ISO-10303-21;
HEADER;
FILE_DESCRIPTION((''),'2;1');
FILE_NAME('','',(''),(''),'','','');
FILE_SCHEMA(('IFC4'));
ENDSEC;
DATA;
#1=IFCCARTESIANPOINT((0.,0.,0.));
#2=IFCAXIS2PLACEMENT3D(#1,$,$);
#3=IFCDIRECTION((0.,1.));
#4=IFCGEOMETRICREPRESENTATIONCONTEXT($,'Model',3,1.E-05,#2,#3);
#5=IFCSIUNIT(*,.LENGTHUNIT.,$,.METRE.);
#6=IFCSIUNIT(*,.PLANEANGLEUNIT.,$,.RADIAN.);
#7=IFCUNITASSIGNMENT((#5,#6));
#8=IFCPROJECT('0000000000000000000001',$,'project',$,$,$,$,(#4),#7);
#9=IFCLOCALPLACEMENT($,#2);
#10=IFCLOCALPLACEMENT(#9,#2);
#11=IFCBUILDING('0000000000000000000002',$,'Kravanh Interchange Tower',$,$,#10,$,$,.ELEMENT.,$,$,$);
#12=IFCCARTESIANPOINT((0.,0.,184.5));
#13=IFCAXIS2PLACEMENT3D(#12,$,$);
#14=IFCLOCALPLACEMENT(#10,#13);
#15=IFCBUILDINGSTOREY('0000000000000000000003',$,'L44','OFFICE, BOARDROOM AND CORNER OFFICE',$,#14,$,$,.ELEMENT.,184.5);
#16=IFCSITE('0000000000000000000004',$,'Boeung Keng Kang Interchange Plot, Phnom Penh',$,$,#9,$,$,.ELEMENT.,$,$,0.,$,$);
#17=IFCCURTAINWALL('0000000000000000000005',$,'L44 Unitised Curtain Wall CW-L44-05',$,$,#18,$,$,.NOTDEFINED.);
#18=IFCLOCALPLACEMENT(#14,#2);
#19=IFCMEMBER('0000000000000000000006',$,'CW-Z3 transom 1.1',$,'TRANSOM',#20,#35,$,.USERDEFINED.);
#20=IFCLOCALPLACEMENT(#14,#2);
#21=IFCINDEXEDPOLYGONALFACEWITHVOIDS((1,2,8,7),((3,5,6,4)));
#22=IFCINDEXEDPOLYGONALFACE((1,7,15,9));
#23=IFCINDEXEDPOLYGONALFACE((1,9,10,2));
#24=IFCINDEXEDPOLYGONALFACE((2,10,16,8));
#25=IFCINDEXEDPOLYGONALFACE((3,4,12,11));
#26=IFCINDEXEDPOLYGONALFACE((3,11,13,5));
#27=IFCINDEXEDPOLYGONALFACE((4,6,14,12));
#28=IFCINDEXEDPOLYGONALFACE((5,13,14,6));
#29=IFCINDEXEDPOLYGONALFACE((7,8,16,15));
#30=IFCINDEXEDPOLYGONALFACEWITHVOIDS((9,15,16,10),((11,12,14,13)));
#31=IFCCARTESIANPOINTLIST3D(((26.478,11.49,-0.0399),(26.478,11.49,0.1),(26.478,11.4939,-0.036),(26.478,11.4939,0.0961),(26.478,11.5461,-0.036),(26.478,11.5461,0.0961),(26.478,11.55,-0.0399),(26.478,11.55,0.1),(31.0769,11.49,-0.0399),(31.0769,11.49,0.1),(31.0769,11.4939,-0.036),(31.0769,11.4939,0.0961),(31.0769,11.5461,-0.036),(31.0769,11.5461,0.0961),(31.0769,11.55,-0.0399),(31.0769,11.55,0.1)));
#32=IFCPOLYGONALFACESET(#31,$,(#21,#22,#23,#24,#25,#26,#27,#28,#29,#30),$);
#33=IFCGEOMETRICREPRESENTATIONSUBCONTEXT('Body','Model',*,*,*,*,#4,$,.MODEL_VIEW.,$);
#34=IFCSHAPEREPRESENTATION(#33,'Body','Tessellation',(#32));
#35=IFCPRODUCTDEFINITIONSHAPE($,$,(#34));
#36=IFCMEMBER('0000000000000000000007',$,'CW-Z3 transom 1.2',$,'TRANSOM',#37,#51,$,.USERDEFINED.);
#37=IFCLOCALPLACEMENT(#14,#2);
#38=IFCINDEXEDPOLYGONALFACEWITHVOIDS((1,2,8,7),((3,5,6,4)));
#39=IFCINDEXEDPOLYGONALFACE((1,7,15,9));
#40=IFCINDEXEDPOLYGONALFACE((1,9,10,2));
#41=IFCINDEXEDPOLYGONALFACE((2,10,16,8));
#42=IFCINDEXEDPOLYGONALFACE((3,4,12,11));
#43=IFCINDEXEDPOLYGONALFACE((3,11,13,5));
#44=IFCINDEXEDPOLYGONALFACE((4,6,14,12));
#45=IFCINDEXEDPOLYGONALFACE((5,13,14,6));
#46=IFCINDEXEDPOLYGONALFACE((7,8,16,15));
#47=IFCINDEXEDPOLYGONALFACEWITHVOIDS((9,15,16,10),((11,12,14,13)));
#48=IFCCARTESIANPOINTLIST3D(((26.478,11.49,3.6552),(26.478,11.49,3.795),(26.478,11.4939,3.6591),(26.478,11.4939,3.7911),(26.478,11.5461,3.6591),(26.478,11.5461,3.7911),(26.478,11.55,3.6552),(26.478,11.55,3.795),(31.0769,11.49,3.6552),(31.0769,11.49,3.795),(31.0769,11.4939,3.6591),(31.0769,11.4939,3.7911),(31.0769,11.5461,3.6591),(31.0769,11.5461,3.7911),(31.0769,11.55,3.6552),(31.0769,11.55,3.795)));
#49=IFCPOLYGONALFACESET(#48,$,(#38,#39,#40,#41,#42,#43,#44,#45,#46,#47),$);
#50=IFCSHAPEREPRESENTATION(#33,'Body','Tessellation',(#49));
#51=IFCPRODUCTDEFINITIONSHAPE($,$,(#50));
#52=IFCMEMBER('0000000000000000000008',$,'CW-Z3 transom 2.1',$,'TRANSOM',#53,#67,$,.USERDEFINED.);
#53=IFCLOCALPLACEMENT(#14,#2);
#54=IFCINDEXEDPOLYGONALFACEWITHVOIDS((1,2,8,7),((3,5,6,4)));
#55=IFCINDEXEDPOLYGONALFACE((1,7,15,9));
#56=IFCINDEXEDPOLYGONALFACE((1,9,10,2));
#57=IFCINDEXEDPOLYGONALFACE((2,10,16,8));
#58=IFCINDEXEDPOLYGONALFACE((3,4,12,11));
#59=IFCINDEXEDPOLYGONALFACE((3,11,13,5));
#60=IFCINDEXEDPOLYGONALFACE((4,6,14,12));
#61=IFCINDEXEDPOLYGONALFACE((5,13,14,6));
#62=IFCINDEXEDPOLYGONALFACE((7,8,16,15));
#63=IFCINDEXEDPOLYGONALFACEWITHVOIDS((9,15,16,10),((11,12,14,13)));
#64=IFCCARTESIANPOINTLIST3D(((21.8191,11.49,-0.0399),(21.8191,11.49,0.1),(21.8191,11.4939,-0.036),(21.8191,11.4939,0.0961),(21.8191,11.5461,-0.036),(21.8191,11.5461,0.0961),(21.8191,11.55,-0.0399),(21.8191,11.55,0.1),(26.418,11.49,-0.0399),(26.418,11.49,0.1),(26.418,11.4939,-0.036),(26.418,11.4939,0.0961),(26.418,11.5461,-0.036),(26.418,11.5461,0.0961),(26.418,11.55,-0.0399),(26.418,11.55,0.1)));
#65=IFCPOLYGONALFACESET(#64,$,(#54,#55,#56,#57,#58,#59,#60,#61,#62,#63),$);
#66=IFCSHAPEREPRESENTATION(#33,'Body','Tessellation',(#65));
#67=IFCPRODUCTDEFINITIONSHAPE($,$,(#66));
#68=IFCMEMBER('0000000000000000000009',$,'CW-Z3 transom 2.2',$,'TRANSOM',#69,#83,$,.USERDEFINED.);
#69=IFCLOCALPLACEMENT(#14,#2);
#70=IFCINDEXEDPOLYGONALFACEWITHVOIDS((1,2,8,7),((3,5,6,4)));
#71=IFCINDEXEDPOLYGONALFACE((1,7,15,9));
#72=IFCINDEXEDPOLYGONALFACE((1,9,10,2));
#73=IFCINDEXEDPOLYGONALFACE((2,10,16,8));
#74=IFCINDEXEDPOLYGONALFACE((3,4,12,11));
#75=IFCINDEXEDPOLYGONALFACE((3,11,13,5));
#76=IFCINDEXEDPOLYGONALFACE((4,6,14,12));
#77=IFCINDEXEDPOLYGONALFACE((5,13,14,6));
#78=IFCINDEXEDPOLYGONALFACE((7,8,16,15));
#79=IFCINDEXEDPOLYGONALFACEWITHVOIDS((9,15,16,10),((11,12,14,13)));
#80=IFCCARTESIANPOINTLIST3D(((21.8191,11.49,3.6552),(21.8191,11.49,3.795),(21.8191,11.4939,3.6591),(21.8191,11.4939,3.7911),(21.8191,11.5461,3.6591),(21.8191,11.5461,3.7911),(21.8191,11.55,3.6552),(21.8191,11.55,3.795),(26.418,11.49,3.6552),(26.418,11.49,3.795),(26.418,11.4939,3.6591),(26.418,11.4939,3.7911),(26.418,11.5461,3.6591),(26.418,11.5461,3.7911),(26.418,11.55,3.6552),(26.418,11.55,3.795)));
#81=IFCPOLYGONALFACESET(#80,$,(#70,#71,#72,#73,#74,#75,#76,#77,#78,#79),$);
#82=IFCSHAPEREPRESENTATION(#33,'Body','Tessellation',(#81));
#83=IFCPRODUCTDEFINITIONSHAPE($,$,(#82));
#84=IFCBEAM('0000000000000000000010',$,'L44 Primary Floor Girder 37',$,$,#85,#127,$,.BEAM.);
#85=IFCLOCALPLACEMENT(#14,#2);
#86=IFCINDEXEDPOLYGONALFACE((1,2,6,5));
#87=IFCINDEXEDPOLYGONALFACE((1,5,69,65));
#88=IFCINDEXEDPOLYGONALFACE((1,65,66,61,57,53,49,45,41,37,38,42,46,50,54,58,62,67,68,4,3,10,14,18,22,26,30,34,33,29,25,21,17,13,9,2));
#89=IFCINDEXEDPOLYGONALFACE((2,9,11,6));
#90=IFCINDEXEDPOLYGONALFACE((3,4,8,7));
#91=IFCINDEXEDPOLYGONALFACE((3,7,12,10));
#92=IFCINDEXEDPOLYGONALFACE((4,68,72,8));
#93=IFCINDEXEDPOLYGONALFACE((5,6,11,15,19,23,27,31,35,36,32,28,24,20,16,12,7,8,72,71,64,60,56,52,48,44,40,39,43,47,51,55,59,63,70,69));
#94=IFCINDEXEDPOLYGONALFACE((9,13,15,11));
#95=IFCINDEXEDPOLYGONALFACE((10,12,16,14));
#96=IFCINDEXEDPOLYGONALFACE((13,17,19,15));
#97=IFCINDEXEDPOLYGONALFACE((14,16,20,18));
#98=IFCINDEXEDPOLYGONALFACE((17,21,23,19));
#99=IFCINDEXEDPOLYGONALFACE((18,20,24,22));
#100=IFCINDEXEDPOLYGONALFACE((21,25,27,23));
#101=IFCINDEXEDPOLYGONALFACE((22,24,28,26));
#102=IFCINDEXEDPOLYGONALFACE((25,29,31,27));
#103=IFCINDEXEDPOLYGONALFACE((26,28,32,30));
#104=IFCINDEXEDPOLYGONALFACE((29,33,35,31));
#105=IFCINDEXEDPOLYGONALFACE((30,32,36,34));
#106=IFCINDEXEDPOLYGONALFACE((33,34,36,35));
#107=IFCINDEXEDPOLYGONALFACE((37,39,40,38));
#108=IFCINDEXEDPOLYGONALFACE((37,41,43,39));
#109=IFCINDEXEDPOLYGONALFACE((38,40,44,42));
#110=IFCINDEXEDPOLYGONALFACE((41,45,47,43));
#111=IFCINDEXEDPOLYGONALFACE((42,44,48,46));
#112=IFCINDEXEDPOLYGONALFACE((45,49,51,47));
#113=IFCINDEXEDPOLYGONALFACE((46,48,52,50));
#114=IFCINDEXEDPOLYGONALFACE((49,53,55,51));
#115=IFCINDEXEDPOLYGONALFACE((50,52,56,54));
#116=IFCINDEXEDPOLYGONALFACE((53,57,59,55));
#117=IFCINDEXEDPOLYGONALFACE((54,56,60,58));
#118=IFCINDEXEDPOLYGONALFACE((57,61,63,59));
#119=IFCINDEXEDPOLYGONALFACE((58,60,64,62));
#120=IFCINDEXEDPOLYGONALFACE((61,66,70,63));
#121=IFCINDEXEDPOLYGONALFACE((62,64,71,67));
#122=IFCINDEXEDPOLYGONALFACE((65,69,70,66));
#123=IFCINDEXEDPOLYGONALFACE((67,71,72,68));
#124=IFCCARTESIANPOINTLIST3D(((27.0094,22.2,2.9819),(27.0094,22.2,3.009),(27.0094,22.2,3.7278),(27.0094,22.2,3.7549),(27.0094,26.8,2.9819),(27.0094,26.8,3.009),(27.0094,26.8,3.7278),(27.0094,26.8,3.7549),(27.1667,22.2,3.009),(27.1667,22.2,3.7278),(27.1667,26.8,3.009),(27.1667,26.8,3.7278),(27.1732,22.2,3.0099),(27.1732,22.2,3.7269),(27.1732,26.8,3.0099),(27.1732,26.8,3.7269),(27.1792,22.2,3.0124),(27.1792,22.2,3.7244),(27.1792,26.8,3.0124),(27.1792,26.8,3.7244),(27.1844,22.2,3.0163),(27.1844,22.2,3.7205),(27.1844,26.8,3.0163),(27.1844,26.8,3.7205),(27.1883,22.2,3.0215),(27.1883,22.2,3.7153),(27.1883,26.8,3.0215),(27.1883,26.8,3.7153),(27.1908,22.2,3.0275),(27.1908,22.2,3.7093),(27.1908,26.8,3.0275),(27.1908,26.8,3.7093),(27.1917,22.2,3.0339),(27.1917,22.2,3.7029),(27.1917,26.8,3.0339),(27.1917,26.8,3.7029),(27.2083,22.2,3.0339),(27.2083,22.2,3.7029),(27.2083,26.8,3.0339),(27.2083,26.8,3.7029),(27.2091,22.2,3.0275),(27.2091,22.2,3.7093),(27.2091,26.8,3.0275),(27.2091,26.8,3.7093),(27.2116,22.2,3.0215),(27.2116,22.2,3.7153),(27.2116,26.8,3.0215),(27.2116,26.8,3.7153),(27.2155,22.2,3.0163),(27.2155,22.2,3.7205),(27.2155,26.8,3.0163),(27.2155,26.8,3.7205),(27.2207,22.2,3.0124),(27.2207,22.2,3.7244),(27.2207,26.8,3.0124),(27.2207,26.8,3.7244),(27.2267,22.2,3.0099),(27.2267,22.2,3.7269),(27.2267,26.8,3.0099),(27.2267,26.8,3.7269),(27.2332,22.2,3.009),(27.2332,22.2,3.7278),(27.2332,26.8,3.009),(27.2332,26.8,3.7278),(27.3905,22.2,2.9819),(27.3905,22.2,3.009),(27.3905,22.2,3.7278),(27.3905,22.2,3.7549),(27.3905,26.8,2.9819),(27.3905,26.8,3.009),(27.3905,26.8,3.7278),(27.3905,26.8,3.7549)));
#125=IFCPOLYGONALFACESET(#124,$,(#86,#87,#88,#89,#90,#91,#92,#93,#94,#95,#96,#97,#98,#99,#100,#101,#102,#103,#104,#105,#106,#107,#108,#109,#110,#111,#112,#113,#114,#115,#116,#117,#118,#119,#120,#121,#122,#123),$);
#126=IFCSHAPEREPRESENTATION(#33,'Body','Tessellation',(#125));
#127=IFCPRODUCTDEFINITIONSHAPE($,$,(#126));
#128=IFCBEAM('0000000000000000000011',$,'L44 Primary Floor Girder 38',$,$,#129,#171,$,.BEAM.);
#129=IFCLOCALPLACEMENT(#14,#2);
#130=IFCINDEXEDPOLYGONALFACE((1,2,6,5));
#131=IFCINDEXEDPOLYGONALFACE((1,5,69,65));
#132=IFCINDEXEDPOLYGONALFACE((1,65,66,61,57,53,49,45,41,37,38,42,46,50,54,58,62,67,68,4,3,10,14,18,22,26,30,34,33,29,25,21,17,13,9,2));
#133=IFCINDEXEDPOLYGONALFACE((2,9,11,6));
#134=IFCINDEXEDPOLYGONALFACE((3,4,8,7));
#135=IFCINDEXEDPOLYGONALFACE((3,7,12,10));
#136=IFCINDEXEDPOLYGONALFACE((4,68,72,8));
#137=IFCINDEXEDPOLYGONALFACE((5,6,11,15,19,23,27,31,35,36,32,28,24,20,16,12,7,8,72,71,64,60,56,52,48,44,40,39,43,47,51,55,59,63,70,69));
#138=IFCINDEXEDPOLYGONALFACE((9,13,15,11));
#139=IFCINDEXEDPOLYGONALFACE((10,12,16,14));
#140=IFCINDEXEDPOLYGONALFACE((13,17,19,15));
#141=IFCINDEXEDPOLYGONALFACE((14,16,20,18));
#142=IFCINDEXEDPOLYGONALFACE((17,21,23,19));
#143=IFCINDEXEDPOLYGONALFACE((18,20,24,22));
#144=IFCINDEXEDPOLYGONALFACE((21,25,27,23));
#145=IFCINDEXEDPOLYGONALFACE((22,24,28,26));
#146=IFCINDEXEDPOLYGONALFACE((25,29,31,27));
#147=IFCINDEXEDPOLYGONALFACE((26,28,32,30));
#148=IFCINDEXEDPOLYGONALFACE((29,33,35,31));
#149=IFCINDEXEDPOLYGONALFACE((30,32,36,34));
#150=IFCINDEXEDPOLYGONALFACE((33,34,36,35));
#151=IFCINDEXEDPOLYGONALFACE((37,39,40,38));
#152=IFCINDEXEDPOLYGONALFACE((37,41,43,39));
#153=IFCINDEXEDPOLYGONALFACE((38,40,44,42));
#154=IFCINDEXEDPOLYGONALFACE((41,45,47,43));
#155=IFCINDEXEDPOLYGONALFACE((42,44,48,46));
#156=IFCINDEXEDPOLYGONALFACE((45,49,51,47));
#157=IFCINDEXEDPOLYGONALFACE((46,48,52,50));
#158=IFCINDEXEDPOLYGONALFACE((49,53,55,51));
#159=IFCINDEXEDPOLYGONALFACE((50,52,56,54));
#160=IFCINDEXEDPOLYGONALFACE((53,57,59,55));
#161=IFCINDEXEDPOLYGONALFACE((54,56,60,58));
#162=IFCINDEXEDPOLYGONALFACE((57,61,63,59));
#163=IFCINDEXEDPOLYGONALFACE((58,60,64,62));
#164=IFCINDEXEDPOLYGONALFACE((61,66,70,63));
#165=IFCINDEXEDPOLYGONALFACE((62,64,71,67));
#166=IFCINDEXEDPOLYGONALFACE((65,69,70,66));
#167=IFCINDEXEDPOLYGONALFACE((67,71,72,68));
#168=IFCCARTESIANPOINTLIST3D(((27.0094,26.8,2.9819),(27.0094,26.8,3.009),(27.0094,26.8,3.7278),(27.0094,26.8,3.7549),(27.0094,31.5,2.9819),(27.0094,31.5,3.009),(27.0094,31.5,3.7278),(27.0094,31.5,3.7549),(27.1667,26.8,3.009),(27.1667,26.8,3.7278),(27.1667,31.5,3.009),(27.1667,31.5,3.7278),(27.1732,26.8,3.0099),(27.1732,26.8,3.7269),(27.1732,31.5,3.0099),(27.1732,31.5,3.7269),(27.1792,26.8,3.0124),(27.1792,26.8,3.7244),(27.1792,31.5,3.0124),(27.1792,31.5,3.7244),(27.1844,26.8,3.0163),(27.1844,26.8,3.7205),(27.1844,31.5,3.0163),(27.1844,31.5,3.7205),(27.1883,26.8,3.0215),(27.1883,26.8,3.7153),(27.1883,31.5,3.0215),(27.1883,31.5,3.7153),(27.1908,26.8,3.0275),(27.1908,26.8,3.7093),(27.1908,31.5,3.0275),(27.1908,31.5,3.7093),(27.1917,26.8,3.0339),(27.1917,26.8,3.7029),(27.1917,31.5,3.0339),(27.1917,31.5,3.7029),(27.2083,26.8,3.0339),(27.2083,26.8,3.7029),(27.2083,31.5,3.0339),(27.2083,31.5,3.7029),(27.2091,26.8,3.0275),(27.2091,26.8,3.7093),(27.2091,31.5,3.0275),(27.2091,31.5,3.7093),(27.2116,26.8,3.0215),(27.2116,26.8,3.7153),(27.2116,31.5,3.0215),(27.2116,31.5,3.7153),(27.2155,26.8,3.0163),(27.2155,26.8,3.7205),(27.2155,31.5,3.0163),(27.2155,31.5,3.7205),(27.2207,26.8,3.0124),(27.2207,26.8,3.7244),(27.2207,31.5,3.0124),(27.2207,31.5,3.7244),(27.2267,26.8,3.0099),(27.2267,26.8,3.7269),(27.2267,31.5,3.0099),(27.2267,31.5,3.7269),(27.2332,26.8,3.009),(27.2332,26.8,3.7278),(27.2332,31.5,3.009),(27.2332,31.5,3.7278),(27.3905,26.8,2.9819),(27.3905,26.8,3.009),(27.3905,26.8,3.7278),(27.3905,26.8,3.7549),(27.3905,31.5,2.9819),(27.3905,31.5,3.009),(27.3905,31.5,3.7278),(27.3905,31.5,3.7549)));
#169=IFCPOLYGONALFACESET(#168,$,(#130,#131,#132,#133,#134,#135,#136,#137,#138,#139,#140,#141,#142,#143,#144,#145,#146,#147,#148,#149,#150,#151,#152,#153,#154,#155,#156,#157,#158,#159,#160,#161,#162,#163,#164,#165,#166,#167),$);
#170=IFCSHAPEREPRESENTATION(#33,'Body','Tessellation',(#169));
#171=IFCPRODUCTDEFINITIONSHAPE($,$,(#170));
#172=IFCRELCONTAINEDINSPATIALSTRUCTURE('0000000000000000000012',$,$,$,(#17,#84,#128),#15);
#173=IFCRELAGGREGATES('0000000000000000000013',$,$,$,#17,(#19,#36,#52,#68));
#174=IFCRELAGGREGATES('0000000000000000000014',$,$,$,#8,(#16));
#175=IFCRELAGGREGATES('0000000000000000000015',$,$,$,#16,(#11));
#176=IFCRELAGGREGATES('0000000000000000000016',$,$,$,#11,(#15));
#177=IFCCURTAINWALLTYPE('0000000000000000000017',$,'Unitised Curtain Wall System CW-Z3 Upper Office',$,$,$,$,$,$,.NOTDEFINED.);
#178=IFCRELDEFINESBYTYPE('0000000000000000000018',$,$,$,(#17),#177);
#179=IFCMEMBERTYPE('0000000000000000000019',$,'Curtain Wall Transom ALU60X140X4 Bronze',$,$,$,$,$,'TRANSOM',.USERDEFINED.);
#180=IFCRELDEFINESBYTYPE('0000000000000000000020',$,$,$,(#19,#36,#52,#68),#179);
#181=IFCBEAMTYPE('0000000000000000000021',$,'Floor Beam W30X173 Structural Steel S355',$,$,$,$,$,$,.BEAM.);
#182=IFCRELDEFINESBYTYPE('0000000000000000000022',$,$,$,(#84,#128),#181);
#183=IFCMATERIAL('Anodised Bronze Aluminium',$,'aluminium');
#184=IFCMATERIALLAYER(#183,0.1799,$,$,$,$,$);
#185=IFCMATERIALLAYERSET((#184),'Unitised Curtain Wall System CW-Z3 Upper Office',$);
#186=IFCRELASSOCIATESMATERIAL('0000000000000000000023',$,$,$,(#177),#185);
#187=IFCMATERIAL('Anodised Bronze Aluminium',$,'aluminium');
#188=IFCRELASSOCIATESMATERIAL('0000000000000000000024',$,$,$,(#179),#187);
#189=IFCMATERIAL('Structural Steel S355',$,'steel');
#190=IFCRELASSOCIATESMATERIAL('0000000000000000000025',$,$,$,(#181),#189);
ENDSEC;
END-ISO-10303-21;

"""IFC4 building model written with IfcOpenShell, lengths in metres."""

from ifc_helpers import new_model, si_unit, direction, frame, origin, origin_2d, place, context, subcontext, project, spatial, hollow_rectangle, i_section, extrude, material, layer, layer_set, material_profile, profile_set, type_object, element, aggregate, save


model = new_model("IFC4")

# Units and contexts
model_context = context("Model", 3, precision=1e-05, world=origin(), true_north=direction((0.0, 1.0)))
body_context = subcontext(model_context, "Body", "Model", "MODEL_VIEW")
ifc_project = project(units=[si_unit("LENGTHUNIT", "METRE"), si_unit("PLANEANGLEUNIT", "RADIAN")], contexts=[model_context])

# Site, building, storey
site_placement = place(None, origin())
site = spatial("IfcSite", under=ifc_project, at=site_placement, Name="Boeung Keng Kang Interchange Plot, Phnom Penh", CompositionType="ELEMENT", RefElevation=0.0)
building_placement = place(site_placement, origin())
building = spatial("IfcBuilding", under=site, at=building_placement, Name="Kravanh Interchange Tower", CompositionType="ELEMENT")
storey_placement = place(building_placement, frame((0.0, 0.0, 184.5)))
storey = spatial("IfcBuildingStorey", under=building, at=storey_placement, Name="L44", Description="OFFICE, BOARDROOM AND CORNER OFFICE", CompositionType="ELEMENT", Elevation=184.5)

# Curtain wall
ifc_material_1 = material(Name="Anodised Bronze Aluminium", Category="aluminium")
ifc_layer_1 = layer(ifc_material_1, 0.1799)
ifc_layer_set_1 = layer_set([ifc_layer_1], Name="Unitised Curtain Wall System CW-Z3 Upper Office")
curtain_wall_type = type_object("IfcCurtainWallType", Name="Unitised Curtain Wall System CW-Z3 Upper Office", PredefinedType="NOTDEFINED", material=ifc_layer_set_1)
curtain_wall_1_placement = place(storey_placement, origin())
curtain_wall_1 = element("IfcCurtainWall", 1, at=curtain_wall_1_placement, inside=storey, type_object=curtain_wall_type, Name="L44 Unitised Curtain Wall CW-L44-05", PredefinedType="NOTDEFINED")

# Members
ifc_material_2 = material(Name="Anodised Bronze Aluminium", Category="aluminium")
ifc_material_profile_1 = material_profile(ifc_material_2, hollow_rectangle(XDim=0.0601, YDim=0.1399, WallThickness=0.0039, at=origin_2d()), Name="ALU60X140X4")
ifc_profile_set_1 = profile_set([ifc_material_profile_1], Name="Anodised Bronze Aluminium")
member_type_1 = type_object("IfcMemberType", Name="Curtain Wall Transom ALU60X140X4 Bronze", ElementType="TRANSOM", PredefinedType="USERDEFINED", material=ifc_profile_set_1)
member_1_placement = place(storey_placement, frame((31.0769, 11.52, 0.03), z_axis=(-1.0, 0.0, 0.0), x_axis=(0.0, -1.0, 0.0)))
member_1 = element("IfcMember", 2, at=member_1_placement, type_object=member_type_1, Name="CW-Z3 transom 1.1", ObjectType="TRANSOM", PredefinedType="USERDEFINED", context=body_context, shape_type="SweptSolid", body=[
    extrude(hollow_rectangle(XDim=0.0601, YDim=0.1399, WallThickness=0.0039, at=origin_2d()), origin(), (0.0, 0.0, 1.0), 4.5989),
])
member_2_placement = place(storey_placement, frame((31.0769, 11.52, 3.7251), z_axis=(-1.0, 0.0, 0.0), x_axis=(0.0, -1.0, 0.0)))
member_2 = element("IfcMember", 3, at=member_2_placement, type_object=member_type_1, Name="CW-Z3 transom 1.2", ObjectType="TRANSOM", PredefinedType="USERDEFINED", context=body_context, shape_type="SweptSolid", body=[
    extrude(hollow_rectangle(XDim=0.0601, YDim=0.1399, WallThickness=0.0039, at=origin_2d()), origin(), (0.0, 0.0, 1.0), 4.5989),
])
member_3_placement = place(storey_placement, frame((26.418, 11.52, 0.03), z_axis=(-1.0, 0.0, 0.0), x_axis=(0.0, -1.0, 0.0)))
member_3 = element("IfcMember", 4, at=member_3_placement, type_object=member_type_1, Name="CW-Z3 transom 2.1", ObjectType="TRANSOM", PredefinedType="USERDEFINED", context=body_context, shape_type="SweptSolid", body=[
    extrude(hollow_rectangle(XDim=0.0601, YDim=0.1399, WallThickness=0.0039, at=origin_2d()), origin(), (0.0, 0.0, 1.0), 4.5989),
])
member_4_placement = place(storey_placement, frame((26.418, 11.52, 3.7251), z_axis=(-1.0, 0.0, 0.0), x_axis=(0.0, -1.0, 0.0)))
member_4 = element("IfcMember", 5, at=member_4_placement, type_object=member_type_1, Name="CW-Z3 transom 2.2", ObjectType="TRANSOM", PredefinedType="USERDEFINED", context=body_context, shape_type="SweptSolid", body=[
    extrude(hollow_rectangle(XDim=0.0601, YDim=0.1399, WallThickness=0.0039, at=origin_2d()), origin(), (0.0, 0.0, 1.0), 4.5989),
])

# Beams
ifc_material_3 = material(Name="Structural Steel S355", Category="steel")
ifc_material_profile_2 = material_profile(ifc_material_3, i_section(OverallWidth=0.3811, OverallDepth=0.7729, WebThickness=0.0166, FlangeThickness=0.0271, FilletRadius=0.0249, at=origin_2d()), Name="W30X173")
ifc_profile_set_2 = profile_set([ifc_material_profile_2], Name="Structural Steel S355")
beam_type_1 = type_object("IfcBeamType", Name="Floor Beam W30X173 Structural Steel S355", PredefinedType="BEAM", material=ifc_profile_set_2)
beam_1_placement = place(storey_placement, frame((27.2, 26.8, 3.3684), z_axis=(0.0, -1.0, 0.0), x_axis=(1.0, 0.0, 0.0)))
element("IfcBeam", 6, at=beam_1_placement, inside=storey, type_object=beam_type_1, Name="L44 Primary Floor Girder 37", PredefinedType="BEAM", context=body_context, shape_type="SweptSolid", body=[
    extrude(i_section(OverallWidth=0.3811, OverallDepth=0.7729, WebThickness=0.0166, FlangeThickness=0.0271, FilletRadius=0.0249, at=origin_2d()), origin(), (0.0, 0.0, 1.0), 4.6001),
])
beam_2_placement = place(storey_placement, frame((27.2, 26.8, 3.3684), z_axis=(0.0, 1.0, 0.0), x_axis=(-1.0, 0.0, 0.0)))
element("IfcBeam", 7, at=beam_2_placement, inside=storey, type_object=beam_type_1, Name="L44 Primary Floor Girder 38", PredefinedType="BEAM", context=body_context, shape_type="SweptSolid", body=[
    extrude(i_section(OverallWidth=0.3811, OverallDepth=0.7729, WebThickness=0.0166, FlangeThickness=0.0271, FilletRadius=0.0249, at=origin_2d()), origin(), (0.0, 0.0, 1.0), 4.7),
])

aggregate(curtain_wall_1, [member_1, member_2, member_3, member_4])

save(model, "model.ifc")
